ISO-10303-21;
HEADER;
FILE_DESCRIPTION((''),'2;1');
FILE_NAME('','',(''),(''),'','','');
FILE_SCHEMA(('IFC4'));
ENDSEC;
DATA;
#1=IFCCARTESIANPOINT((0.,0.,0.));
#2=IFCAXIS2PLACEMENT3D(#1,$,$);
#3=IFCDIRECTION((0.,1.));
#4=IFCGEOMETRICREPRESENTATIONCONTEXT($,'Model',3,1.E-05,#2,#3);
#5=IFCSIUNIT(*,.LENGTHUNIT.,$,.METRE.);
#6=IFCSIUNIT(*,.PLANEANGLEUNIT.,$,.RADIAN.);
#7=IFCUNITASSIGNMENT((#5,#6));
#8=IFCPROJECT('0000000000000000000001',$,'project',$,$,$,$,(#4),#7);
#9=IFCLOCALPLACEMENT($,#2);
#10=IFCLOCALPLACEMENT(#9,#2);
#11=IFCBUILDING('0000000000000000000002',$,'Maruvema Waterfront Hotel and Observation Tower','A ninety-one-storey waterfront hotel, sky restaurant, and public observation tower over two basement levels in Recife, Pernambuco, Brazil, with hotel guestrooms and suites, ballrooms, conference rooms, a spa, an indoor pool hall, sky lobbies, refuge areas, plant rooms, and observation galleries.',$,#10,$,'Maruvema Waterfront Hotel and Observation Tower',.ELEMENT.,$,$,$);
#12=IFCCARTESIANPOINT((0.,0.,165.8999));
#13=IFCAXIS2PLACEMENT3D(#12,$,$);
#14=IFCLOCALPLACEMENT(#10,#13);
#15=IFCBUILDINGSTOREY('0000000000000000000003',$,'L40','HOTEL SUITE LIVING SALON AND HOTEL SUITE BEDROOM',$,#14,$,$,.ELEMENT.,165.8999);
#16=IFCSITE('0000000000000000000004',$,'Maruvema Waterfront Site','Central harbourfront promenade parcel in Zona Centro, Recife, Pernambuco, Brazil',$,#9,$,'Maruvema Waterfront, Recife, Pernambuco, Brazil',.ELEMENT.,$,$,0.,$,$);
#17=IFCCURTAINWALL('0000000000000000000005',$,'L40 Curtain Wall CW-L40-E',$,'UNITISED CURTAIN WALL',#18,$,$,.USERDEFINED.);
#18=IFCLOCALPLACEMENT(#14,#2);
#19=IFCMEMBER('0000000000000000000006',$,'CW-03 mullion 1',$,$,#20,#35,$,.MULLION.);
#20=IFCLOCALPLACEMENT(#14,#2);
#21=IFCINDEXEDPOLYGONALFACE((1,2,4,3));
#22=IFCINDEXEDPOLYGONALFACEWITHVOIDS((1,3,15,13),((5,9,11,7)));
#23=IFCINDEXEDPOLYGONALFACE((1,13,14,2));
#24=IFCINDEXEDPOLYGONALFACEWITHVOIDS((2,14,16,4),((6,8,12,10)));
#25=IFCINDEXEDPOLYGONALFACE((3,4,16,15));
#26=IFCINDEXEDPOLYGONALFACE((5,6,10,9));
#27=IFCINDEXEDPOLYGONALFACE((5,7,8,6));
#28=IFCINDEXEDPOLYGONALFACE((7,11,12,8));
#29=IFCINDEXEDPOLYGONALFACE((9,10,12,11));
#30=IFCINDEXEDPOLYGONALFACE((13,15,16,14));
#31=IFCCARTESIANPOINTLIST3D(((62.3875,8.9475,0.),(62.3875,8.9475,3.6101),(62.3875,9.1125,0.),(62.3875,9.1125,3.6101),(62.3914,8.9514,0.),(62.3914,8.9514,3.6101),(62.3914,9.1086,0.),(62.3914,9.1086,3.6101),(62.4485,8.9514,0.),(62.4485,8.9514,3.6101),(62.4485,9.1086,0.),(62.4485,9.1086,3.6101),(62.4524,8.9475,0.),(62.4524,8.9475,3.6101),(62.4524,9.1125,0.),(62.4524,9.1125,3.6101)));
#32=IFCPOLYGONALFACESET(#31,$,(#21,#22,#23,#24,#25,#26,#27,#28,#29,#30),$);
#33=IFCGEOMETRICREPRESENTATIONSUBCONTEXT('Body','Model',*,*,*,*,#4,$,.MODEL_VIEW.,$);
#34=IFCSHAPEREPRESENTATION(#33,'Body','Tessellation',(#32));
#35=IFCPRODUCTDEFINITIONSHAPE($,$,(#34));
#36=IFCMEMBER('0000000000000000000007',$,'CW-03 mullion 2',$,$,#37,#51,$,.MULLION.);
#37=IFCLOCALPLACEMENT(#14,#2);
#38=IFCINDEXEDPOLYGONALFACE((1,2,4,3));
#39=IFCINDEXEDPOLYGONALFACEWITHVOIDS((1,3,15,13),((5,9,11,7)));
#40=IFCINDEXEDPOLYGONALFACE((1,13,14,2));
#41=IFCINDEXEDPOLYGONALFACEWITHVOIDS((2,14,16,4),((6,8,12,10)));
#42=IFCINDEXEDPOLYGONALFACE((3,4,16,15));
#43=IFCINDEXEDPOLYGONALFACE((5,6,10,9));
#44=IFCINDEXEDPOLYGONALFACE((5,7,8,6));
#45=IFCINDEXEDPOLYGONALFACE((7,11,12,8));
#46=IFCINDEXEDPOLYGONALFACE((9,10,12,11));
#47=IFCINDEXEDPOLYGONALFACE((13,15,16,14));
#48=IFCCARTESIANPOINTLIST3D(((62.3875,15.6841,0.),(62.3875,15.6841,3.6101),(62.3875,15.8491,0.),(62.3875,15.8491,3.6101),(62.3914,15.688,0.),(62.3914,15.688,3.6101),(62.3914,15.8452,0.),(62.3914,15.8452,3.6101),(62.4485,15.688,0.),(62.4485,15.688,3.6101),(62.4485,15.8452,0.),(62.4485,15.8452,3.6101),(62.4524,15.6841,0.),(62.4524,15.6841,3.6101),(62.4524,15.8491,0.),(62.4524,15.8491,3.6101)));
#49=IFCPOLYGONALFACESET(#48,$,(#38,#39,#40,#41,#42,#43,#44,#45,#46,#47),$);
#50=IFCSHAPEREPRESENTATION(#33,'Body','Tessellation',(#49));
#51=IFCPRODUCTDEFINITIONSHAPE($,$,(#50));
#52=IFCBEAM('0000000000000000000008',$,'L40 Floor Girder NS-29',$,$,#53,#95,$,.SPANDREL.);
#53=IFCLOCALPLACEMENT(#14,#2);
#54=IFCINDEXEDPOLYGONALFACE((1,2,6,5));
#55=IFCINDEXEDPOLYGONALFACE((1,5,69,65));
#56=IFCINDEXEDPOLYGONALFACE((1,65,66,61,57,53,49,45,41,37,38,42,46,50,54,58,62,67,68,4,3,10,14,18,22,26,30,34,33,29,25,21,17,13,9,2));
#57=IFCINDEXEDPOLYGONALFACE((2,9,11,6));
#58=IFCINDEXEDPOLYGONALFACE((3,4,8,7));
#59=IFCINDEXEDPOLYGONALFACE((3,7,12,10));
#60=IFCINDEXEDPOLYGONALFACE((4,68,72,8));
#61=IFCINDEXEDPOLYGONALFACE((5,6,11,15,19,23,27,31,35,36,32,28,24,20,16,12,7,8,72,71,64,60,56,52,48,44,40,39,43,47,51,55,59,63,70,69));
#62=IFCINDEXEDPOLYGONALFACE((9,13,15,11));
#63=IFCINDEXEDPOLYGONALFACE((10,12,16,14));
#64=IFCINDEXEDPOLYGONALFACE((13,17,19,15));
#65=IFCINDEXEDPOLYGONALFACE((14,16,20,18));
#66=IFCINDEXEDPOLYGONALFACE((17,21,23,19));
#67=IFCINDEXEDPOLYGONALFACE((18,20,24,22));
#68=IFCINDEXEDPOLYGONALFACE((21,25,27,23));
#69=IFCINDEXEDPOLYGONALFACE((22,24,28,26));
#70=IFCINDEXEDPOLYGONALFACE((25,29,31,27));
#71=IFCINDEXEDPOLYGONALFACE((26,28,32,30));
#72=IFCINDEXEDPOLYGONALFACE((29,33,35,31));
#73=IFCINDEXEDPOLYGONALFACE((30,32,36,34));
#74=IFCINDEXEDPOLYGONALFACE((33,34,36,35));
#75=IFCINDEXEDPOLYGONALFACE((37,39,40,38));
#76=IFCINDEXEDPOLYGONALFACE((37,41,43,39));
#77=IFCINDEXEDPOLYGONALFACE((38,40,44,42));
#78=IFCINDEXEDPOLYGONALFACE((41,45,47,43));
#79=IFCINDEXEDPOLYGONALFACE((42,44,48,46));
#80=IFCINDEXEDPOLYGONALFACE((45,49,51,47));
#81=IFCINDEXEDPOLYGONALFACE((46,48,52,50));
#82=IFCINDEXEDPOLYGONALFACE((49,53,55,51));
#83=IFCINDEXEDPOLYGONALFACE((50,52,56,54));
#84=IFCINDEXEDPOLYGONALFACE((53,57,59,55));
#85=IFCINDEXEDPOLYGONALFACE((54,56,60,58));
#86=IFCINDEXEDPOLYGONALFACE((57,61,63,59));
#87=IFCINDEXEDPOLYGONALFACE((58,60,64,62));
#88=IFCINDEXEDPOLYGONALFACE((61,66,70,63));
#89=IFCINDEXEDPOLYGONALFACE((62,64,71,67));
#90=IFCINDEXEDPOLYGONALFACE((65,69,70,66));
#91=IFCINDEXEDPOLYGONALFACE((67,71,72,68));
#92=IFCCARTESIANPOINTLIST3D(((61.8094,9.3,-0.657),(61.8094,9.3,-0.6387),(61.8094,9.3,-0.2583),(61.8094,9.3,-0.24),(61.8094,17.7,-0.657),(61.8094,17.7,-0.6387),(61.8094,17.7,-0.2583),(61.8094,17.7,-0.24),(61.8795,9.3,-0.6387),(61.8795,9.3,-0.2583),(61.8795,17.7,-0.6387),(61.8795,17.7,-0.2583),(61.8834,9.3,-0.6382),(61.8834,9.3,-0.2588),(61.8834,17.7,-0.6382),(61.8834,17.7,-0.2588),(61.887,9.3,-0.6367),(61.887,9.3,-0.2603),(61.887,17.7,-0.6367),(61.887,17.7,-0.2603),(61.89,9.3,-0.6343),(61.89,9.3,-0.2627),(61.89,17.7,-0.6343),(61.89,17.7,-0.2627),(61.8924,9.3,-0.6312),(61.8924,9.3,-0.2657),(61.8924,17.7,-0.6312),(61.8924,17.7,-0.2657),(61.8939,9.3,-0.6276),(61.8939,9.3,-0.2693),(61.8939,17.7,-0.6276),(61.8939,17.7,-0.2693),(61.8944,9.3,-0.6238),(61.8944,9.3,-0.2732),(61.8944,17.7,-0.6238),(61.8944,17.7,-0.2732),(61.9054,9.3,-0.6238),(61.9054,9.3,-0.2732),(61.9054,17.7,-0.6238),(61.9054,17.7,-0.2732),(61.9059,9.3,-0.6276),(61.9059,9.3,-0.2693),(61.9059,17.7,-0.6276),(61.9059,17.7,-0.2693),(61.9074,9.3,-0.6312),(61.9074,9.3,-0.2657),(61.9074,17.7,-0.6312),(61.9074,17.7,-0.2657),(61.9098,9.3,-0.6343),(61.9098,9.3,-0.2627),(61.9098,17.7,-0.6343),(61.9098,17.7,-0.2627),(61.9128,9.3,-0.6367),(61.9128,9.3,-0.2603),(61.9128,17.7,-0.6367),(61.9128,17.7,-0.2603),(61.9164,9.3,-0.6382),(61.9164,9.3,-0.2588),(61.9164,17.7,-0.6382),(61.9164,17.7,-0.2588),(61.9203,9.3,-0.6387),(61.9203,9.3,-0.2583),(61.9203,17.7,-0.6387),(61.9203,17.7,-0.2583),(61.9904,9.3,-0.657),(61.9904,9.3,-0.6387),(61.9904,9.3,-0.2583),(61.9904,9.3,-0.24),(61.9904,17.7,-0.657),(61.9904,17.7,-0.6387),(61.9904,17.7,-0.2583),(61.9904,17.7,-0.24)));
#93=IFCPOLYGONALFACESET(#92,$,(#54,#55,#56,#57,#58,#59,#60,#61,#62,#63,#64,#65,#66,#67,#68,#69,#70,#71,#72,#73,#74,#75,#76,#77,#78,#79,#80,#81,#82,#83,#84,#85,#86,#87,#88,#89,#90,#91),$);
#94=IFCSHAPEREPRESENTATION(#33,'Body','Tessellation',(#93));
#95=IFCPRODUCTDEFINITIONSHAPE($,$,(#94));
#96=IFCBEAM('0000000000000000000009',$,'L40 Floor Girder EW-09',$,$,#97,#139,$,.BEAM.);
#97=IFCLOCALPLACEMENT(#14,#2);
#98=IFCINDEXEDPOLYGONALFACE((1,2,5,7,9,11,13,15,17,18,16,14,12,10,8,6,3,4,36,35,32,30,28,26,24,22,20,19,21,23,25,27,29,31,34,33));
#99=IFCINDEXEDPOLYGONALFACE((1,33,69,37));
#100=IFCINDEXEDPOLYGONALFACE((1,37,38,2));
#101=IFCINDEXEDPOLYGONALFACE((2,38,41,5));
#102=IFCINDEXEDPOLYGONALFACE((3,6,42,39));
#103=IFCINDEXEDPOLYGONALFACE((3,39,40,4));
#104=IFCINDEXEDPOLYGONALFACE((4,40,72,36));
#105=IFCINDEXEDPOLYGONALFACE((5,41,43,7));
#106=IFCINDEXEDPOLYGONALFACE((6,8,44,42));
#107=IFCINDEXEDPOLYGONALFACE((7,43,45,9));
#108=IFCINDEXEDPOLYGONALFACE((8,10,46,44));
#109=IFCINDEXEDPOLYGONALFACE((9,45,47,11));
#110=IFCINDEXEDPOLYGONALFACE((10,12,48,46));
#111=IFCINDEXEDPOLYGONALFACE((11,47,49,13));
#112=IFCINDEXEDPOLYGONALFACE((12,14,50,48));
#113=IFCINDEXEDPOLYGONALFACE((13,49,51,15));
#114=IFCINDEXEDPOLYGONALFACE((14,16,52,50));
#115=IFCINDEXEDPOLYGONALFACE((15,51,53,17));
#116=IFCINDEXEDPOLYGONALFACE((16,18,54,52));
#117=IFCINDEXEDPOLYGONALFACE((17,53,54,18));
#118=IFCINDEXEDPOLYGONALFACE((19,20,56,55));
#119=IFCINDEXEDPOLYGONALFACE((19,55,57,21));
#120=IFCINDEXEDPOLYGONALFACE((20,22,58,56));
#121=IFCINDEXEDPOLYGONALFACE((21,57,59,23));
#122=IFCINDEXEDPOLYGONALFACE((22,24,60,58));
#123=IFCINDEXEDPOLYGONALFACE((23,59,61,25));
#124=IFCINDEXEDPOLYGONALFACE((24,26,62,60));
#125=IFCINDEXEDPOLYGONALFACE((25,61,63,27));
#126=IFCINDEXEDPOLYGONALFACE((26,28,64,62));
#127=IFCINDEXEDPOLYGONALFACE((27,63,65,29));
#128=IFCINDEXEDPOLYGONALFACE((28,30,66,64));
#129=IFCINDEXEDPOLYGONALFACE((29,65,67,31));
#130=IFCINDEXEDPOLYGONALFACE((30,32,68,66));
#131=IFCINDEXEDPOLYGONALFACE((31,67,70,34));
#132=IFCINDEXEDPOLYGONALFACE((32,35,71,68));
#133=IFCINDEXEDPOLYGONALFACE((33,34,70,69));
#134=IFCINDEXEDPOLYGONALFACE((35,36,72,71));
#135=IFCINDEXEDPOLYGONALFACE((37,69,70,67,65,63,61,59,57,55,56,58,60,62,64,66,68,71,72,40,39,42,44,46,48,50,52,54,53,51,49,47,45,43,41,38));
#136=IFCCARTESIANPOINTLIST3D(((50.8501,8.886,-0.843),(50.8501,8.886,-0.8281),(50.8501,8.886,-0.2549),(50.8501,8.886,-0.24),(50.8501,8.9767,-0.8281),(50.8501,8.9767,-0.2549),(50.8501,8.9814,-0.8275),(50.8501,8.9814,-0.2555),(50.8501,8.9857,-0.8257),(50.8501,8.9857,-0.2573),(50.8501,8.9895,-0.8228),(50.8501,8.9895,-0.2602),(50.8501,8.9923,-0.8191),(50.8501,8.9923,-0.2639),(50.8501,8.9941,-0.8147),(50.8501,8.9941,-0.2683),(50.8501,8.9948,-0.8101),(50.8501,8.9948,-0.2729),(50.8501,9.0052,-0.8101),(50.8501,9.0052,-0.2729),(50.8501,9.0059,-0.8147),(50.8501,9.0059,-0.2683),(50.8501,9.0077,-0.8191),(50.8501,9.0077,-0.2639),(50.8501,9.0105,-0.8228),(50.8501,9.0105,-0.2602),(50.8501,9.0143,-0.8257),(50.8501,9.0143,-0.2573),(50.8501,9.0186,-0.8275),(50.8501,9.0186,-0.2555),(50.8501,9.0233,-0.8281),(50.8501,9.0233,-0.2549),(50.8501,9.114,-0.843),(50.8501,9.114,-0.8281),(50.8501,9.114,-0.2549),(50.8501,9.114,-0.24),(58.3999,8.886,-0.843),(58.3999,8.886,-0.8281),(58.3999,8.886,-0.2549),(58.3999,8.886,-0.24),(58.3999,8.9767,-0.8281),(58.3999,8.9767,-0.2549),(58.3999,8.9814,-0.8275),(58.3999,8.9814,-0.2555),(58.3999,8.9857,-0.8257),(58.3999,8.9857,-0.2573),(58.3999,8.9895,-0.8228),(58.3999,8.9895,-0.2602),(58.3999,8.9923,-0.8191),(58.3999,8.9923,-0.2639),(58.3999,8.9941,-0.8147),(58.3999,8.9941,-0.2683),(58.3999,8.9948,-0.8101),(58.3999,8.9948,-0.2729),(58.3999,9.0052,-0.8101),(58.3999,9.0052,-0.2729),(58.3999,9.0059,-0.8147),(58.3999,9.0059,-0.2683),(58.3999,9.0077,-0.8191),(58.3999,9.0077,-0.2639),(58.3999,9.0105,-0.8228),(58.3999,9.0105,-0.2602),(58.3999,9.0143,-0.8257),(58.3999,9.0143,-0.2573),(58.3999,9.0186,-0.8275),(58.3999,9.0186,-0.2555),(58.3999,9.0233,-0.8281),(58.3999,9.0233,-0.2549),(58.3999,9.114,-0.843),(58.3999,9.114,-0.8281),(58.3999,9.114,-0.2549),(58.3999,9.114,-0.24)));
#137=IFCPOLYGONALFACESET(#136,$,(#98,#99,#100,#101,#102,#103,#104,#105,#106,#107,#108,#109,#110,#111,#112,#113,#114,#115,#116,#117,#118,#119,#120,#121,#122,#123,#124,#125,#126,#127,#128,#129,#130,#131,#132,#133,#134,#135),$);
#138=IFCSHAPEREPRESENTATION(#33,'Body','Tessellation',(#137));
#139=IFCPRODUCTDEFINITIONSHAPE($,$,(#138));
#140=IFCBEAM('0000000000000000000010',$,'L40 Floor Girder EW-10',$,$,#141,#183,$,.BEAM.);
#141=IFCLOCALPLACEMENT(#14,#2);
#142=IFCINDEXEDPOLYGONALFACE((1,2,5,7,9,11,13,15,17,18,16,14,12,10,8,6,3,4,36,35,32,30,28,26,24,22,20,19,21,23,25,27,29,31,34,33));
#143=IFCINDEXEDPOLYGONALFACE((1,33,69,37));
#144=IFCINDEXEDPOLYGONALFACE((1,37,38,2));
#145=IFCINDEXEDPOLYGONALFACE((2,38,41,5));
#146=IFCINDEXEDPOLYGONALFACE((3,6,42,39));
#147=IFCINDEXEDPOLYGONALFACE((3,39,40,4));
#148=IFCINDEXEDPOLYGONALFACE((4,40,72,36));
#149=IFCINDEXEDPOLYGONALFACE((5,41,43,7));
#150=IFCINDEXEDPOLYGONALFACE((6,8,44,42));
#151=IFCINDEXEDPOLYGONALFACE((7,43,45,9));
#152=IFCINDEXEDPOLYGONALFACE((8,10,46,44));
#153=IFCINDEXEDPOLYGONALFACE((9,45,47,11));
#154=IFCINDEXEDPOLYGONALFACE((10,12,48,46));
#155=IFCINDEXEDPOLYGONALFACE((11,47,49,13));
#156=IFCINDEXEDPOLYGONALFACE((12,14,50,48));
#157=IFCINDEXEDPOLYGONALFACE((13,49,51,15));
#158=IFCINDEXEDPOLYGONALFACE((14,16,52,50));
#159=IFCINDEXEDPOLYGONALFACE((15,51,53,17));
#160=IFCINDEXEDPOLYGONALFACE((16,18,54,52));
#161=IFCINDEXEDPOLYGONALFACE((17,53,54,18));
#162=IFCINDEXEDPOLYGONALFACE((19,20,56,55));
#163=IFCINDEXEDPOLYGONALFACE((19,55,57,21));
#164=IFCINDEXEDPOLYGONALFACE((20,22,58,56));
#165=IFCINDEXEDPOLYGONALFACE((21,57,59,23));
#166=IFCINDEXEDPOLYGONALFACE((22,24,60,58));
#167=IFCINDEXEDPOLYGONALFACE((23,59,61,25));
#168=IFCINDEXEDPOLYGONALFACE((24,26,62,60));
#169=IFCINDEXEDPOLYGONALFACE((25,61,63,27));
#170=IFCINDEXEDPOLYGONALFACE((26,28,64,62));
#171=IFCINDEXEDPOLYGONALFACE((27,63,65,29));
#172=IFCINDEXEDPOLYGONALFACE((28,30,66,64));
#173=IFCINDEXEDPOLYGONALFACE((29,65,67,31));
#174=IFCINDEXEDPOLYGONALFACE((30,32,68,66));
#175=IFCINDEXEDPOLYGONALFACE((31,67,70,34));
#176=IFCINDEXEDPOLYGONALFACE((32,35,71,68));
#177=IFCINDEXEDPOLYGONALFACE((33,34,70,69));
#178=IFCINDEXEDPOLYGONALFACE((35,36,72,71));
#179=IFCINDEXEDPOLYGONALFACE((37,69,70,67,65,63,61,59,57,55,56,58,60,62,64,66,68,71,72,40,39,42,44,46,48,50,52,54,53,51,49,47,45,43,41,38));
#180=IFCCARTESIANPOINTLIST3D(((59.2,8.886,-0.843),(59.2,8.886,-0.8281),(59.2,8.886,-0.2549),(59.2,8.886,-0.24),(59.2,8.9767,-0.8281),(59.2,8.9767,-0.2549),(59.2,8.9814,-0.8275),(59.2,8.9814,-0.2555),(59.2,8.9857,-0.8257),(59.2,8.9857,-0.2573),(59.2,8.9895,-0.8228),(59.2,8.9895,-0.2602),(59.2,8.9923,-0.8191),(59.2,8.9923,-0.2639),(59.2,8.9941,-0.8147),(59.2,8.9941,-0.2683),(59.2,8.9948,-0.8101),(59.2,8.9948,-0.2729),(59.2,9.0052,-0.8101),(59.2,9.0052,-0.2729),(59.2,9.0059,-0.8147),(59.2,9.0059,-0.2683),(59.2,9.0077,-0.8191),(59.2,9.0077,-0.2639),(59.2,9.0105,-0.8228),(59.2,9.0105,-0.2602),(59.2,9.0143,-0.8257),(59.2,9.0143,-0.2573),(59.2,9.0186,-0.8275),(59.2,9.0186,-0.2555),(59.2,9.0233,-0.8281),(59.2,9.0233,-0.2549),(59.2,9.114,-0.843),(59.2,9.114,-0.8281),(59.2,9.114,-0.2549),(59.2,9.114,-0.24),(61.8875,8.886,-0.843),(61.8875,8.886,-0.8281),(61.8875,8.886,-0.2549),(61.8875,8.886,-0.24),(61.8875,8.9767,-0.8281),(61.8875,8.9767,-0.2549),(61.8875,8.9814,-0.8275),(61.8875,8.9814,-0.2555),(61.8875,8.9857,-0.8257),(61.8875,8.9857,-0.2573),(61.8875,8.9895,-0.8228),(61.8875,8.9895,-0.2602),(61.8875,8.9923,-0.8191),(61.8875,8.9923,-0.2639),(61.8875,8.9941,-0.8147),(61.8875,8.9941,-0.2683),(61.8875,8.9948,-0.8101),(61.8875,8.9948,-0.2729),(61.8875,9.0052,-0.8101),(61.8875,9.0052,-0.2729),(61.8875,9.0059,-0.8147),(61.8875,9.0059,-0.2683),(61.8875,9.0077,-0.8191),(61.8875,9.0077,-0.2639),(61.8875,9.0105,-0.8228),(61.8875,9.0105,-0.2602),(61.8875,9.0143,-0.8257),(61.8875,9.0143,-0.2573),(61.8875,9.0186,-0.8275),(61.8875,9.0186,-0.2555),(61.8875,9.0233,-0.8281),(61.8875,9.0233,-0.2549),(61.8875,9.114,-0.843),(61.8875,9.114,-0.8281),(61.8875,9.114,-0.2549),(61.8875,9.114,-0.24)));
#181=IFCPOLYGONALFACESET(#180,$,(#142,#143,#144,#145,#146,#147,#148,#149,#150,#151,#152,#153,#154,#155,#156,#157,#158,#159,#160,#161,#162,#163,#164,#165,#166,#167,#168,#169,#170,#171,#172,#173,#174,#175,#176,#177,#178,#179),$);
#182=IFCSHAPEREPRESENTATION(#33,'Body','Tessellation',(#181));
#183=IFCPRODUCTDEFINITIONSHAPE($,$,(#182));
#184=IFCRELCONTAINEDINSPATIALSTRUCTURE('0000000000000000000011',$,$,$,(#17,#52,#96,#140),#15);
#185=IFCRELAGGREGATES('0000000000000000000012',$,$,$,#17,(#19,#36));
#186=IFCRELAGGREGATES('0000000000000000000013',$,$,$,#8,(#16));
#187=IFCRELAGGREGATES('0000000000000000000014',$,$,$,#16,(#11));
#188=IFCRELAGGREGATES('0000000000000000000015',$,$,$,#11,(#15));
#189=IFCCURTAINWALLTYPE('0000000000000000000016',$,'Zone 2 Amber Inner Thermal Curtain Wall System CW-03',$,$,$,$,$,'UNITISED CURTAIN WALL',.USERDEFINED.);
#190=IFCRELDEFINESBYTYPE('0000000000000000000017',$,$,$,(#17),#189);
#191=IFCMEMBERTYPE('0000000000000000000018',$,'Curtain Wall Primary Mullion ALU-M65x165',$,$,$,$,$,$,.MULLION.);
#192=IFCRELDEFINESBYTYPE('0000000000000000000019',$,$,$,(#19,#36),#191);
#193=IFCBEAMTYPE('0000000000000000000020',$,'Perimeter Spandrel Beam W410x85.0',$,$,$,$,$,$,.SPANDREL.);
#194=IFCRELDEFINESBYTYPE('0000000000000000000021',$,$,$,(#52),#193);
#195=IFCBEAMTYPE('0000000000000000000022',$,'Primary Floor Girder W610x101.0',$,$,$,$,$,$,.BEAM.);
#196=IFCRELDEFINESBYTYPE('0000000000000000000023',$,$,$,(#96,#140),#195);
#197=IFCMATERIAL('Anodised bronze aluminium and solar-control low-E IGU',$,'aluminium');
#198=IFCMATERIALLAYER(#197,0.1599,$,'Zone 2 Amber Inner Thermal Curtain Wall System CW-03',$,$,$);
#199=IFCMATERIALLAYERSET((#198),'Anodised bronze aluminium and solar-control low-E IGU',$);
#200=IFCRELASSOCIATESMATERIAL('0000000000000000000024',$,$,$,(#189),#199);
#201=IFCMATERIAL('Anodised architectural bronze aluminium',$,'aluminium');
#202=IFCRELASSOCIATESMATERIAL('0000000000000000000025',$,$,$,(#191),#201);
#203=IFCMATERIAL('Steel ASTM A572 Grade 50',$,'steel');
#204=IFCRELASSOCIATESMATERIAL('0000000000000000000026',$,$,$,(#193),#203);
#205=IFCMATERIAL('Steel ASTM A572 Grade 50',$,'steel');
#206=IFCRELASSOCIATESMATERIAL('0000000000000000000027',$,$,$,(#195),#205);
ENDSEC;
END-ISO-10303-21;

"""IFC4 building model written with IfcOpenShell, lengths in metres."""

from ifc_helpers import new_model, si_unit, direction, frame, origin, origin_2d, place, context, subcontext, project, spatial, hollow_rectangle, i_section, extrude, material, layer, layer_set, material_profile, profile_set, type_object, element, aggregate, save


model = new_model("IFC4")

# Units and contexts
model_context = context("Model", 3, precision=1e-05, world=origin(), true_north=direction((0.0, 1.0)))
body_context = subcontext(model_context, "Body", "Model", "MODEL_VIEW")
ifc_project = project(units=[si_unit("LENGTHUNIT", "METRE"), si_unit("PLANEANGLEUNIT", "RADIAN")], contexts=[model_context])

# Site, building, storey
site_placement = place(None, origin())
site = spatial("IfcSite", under=ifc_project, at=site_placement, Name="Maruvema Waterfront Site", Description="Central harbourfront promenade parcel in Zona Centro, Recife, Pernambuco, Brazil", LongName="Maruvema Waterfront, Recife, Pernambuco, Brazil", CompositionType="ELEMENT", RefElevation=0.0)
building_placement = place(site_placement, origin())
building = spatial("IfcBuilding", under=site, at=building_placement, Name="Maruvema Waterfront Hotel and Observation Tower", Description="A ninety-one-storey waterfront hotel, sky restaurant, and public observation tower over two basement levels in Recife, Pernambuco, Brazil, with hotel guestrooms and suites, ballrooms, conference rooms, a spa, an indoor pool hall, sky lobbies, refuge areas, plant rooms, and observation galleries.", LongName="Maruvema Waterfront Hotel and Observation Tower", CompositionType="ELEMENT")
storey_placement = place(building_placement, frame((0.0, 0.0, 165.8999)))
storey = spatial("IfcBuildingStorey", under=building, at=storey_placement, Name="L40", Description="HOTEL SUITE LIVING SALON AND HOTEL SUITE BEDROOM", CompositionType="ELEMENT", Elevation=165.8999)

# Curtain wall
ifc_material_1 = material(Name="Anodised bronze aluminium and solar-control low-E IGU", Category="aluminium")
ifc_layer_1 = layer(ifc_material_1, 0.1599, Name="Zone 2 Amber Inner Thermal Curtain Wall System CW-03")
ifc_layer_set_1 = layer_set([ifc_layer_1], Name="Anodised bronze aluminium and solar-control low-E IGU")
curtain_wall_type = type_object("IfcCurtainWallType", Name="Zone 2 Amber Inner Thermal Curtain Wall System CW-03", ElementType="UNITISED CURTAIN WALL", PredefinedType="USERDEFINED", material=ifc_layer_set_1)
curtain_wall_1_placement = place(storey_placement, origin())
curtain_wall_1 = element("IfcCurtainWall", 1, at=curtain_wall_1_placement, inside=storey, type_object=curtain_wall_type, Name="L40 Curtain Wall CW-L40-E", ObjectType="UNITISED CURTAIN WALL", PredefinedType="USERDEFINED")

# Members
ifc_material_2 = material(Name="Anodised architectural bronze aluminium", Category="aluminium")
ifc_material_profile_1 = material_profile(ifc_material_2, hollow_rectangle(XDim=0.0649, YDim=0.165, WallThickness=0.0039, at=origin_2d()), Name="ALU-M65x165")
ifc_profile_set_1 = profile_set([ifc_material_profile_1], Name="Anodised architectural bronze aluminium")
member_type_1 = type_object("IfcMemberType", Name="Curtain Wall Primary Mullion ALU-M65x165", PredefinedType="MULLION", material=ifc_profile_set_1)
member_1_placement = place(storey_placement, frame((62.4199, 9.03, 0.0), z_axis=(0.0, 0.0, 1.0), x_axis=(-1.0, 0.0, 0.0)))
member_1 = element("IfcMember", 2, at=member_1_placement, type_object=member_type_1, Name="CW-03 mullion 1", PredefinedType="MULLION", context=body_context, shape_type="SweptSolid", body=[
    extrude(hollow_rectangle(XDim=0.0649, YDim=0.165, WallThickness=0.0039, at=origin_2d()), origin(), (0.0, 0.0, 1.0), 3.6101),
])
member_2_placement = place(storey_placement, frame((62.4199, 15.7666, 0.0), z_axis=(0.0, 0.0, 1.0), x_axis=(-1.0, 0.0, 0.0)))
member_2 = element("IfcMember", 3, at=member_2_placement, type_object=member_type_1, Name="CW-03 mullion 2", PredefinedType="MULLION", context=body_context, shape_type="SweptSolid", body=[
    extrude(hollow_rectangle(XDim=0.0649, YDim=0.165, WallThickness=0.0039, at=origin_2d()), origin(), (0.0, 0.0, 1.0), 3.6101),
])

# Beams
ifc_material_3 = material(Name="Steel ASTM A572 Grade 50", Category="steel")
ifc_material_profile_2 = material_profile(ifc_material_3, i_section(OverallWidth=0.1809, OverallDepth=0.417, WebThickness=0.011, FlangeThickness=0.0183, FilletRadius=0.0149, at=origin_2d()), Name="W410x85.0")
ifc_profile_set_2 = profile_set([ifc_material_profile_2], Name="Steel ASTM A572 Grade 50")
beam_type_1 = type_object("IfcBeamType", Name="Perimeter Spandrel Beam W410x85.0", PredefinedType="SPANDREL", material=ifc_profile_set_2)
beam_1_placement = place(storey_placement, frame((61.8999, 9.3, -0.4485), z_axis=(0.0, 1.0, 0.0), x_axis=(-1.0, 0.0, 0.0)))
element("IfcBeam", 4, at=beam_1_placement, inside=storey, type_object=beam_type_1, Name="L40 Floor Girder NS-29", PredefinedType="SPANDREL", context=body_context, shape_type="SweptSolid", body=[
    extrude(i_section(OverallWidth=0.1809, OverallDepth=0.417, WebThickness=0.011, FlangeThickness=0.0183, FilletRadius=0.0149, at=origin_2d()), origin(), (0.0, 0.0, 1.0), 8.3999),
])
ifc_material_4 = material(Name="Steel ASTM A572 Grade 50", Category="steel")
ifc_material_profile_3 = material_profile(ifc_material_4, i_section(OverallWidth=0.228, OverallDepth=0.603, WebThickness=0.0105, FlangeThickness=0.0149, FilletRadius=0.0181, at=origin_2d()), Name="W610x101.0")
ifc_profile_set_3 = profile_set([ifc_material_profile_3], Name="Steel ASTM A572 Grade 50")
beam_type_2 = type_object("IfcBeamType", Name="Primary Floor Girder W610x101.0", PredefinedType="BEAM", material=ifc_profile_set_3)
beam_2_placement = place(storey_placement, frame((50.8501, 9.0, -0.5415), z_axis=(1.0, 0.0, 0.0), x_axis=(0.0, 1.0, 0.0)))
element("IfcBeam", 5, at=beam_2_placement, inside=storey, type_object=beam_type_2, Name="L40 Floor Girder EW-09", PredefinedType="BEAM", context=body_context, shape_type="SweptSolid", body=[
    extrude(i_section(OverallWidth=0.228, OverallDepth=0.603, WebThickness=0.0105, FlangeThickness=0.0149, FilletRadius=0.0181, at=origin_2d()), origin(), (0.0, 0.0, 1.0), 7.5498),
])
beam_3_placement = place(storey_placement, frame((59.2, 9.0, -0.5415), z_axis=(1.0, 0.0, 0.0), x_axis=(0.0, 1.0, 0.0)))
element("IfcBeam", 6, at=beam_3_placement, inside=storey, type_object=beam_type_2, Name="L40 Floor Girder EW-10", PredefinedType="BEAM", context=body_context, shape_type="SweptSolid", body=[
    extrude(i_section(OverallWidth=0.228, OverallDepth=0.603, WebThickness=0.0105, FlangeThickness=0.0149, FilletRadius=0.0181, at=origin_2d()), origin(), (0.0, 0.0, 1.0), 2.6875),
])

aggregate(curtain_wall_1, [member_1, member_2])

save(model, "model.ifc")
